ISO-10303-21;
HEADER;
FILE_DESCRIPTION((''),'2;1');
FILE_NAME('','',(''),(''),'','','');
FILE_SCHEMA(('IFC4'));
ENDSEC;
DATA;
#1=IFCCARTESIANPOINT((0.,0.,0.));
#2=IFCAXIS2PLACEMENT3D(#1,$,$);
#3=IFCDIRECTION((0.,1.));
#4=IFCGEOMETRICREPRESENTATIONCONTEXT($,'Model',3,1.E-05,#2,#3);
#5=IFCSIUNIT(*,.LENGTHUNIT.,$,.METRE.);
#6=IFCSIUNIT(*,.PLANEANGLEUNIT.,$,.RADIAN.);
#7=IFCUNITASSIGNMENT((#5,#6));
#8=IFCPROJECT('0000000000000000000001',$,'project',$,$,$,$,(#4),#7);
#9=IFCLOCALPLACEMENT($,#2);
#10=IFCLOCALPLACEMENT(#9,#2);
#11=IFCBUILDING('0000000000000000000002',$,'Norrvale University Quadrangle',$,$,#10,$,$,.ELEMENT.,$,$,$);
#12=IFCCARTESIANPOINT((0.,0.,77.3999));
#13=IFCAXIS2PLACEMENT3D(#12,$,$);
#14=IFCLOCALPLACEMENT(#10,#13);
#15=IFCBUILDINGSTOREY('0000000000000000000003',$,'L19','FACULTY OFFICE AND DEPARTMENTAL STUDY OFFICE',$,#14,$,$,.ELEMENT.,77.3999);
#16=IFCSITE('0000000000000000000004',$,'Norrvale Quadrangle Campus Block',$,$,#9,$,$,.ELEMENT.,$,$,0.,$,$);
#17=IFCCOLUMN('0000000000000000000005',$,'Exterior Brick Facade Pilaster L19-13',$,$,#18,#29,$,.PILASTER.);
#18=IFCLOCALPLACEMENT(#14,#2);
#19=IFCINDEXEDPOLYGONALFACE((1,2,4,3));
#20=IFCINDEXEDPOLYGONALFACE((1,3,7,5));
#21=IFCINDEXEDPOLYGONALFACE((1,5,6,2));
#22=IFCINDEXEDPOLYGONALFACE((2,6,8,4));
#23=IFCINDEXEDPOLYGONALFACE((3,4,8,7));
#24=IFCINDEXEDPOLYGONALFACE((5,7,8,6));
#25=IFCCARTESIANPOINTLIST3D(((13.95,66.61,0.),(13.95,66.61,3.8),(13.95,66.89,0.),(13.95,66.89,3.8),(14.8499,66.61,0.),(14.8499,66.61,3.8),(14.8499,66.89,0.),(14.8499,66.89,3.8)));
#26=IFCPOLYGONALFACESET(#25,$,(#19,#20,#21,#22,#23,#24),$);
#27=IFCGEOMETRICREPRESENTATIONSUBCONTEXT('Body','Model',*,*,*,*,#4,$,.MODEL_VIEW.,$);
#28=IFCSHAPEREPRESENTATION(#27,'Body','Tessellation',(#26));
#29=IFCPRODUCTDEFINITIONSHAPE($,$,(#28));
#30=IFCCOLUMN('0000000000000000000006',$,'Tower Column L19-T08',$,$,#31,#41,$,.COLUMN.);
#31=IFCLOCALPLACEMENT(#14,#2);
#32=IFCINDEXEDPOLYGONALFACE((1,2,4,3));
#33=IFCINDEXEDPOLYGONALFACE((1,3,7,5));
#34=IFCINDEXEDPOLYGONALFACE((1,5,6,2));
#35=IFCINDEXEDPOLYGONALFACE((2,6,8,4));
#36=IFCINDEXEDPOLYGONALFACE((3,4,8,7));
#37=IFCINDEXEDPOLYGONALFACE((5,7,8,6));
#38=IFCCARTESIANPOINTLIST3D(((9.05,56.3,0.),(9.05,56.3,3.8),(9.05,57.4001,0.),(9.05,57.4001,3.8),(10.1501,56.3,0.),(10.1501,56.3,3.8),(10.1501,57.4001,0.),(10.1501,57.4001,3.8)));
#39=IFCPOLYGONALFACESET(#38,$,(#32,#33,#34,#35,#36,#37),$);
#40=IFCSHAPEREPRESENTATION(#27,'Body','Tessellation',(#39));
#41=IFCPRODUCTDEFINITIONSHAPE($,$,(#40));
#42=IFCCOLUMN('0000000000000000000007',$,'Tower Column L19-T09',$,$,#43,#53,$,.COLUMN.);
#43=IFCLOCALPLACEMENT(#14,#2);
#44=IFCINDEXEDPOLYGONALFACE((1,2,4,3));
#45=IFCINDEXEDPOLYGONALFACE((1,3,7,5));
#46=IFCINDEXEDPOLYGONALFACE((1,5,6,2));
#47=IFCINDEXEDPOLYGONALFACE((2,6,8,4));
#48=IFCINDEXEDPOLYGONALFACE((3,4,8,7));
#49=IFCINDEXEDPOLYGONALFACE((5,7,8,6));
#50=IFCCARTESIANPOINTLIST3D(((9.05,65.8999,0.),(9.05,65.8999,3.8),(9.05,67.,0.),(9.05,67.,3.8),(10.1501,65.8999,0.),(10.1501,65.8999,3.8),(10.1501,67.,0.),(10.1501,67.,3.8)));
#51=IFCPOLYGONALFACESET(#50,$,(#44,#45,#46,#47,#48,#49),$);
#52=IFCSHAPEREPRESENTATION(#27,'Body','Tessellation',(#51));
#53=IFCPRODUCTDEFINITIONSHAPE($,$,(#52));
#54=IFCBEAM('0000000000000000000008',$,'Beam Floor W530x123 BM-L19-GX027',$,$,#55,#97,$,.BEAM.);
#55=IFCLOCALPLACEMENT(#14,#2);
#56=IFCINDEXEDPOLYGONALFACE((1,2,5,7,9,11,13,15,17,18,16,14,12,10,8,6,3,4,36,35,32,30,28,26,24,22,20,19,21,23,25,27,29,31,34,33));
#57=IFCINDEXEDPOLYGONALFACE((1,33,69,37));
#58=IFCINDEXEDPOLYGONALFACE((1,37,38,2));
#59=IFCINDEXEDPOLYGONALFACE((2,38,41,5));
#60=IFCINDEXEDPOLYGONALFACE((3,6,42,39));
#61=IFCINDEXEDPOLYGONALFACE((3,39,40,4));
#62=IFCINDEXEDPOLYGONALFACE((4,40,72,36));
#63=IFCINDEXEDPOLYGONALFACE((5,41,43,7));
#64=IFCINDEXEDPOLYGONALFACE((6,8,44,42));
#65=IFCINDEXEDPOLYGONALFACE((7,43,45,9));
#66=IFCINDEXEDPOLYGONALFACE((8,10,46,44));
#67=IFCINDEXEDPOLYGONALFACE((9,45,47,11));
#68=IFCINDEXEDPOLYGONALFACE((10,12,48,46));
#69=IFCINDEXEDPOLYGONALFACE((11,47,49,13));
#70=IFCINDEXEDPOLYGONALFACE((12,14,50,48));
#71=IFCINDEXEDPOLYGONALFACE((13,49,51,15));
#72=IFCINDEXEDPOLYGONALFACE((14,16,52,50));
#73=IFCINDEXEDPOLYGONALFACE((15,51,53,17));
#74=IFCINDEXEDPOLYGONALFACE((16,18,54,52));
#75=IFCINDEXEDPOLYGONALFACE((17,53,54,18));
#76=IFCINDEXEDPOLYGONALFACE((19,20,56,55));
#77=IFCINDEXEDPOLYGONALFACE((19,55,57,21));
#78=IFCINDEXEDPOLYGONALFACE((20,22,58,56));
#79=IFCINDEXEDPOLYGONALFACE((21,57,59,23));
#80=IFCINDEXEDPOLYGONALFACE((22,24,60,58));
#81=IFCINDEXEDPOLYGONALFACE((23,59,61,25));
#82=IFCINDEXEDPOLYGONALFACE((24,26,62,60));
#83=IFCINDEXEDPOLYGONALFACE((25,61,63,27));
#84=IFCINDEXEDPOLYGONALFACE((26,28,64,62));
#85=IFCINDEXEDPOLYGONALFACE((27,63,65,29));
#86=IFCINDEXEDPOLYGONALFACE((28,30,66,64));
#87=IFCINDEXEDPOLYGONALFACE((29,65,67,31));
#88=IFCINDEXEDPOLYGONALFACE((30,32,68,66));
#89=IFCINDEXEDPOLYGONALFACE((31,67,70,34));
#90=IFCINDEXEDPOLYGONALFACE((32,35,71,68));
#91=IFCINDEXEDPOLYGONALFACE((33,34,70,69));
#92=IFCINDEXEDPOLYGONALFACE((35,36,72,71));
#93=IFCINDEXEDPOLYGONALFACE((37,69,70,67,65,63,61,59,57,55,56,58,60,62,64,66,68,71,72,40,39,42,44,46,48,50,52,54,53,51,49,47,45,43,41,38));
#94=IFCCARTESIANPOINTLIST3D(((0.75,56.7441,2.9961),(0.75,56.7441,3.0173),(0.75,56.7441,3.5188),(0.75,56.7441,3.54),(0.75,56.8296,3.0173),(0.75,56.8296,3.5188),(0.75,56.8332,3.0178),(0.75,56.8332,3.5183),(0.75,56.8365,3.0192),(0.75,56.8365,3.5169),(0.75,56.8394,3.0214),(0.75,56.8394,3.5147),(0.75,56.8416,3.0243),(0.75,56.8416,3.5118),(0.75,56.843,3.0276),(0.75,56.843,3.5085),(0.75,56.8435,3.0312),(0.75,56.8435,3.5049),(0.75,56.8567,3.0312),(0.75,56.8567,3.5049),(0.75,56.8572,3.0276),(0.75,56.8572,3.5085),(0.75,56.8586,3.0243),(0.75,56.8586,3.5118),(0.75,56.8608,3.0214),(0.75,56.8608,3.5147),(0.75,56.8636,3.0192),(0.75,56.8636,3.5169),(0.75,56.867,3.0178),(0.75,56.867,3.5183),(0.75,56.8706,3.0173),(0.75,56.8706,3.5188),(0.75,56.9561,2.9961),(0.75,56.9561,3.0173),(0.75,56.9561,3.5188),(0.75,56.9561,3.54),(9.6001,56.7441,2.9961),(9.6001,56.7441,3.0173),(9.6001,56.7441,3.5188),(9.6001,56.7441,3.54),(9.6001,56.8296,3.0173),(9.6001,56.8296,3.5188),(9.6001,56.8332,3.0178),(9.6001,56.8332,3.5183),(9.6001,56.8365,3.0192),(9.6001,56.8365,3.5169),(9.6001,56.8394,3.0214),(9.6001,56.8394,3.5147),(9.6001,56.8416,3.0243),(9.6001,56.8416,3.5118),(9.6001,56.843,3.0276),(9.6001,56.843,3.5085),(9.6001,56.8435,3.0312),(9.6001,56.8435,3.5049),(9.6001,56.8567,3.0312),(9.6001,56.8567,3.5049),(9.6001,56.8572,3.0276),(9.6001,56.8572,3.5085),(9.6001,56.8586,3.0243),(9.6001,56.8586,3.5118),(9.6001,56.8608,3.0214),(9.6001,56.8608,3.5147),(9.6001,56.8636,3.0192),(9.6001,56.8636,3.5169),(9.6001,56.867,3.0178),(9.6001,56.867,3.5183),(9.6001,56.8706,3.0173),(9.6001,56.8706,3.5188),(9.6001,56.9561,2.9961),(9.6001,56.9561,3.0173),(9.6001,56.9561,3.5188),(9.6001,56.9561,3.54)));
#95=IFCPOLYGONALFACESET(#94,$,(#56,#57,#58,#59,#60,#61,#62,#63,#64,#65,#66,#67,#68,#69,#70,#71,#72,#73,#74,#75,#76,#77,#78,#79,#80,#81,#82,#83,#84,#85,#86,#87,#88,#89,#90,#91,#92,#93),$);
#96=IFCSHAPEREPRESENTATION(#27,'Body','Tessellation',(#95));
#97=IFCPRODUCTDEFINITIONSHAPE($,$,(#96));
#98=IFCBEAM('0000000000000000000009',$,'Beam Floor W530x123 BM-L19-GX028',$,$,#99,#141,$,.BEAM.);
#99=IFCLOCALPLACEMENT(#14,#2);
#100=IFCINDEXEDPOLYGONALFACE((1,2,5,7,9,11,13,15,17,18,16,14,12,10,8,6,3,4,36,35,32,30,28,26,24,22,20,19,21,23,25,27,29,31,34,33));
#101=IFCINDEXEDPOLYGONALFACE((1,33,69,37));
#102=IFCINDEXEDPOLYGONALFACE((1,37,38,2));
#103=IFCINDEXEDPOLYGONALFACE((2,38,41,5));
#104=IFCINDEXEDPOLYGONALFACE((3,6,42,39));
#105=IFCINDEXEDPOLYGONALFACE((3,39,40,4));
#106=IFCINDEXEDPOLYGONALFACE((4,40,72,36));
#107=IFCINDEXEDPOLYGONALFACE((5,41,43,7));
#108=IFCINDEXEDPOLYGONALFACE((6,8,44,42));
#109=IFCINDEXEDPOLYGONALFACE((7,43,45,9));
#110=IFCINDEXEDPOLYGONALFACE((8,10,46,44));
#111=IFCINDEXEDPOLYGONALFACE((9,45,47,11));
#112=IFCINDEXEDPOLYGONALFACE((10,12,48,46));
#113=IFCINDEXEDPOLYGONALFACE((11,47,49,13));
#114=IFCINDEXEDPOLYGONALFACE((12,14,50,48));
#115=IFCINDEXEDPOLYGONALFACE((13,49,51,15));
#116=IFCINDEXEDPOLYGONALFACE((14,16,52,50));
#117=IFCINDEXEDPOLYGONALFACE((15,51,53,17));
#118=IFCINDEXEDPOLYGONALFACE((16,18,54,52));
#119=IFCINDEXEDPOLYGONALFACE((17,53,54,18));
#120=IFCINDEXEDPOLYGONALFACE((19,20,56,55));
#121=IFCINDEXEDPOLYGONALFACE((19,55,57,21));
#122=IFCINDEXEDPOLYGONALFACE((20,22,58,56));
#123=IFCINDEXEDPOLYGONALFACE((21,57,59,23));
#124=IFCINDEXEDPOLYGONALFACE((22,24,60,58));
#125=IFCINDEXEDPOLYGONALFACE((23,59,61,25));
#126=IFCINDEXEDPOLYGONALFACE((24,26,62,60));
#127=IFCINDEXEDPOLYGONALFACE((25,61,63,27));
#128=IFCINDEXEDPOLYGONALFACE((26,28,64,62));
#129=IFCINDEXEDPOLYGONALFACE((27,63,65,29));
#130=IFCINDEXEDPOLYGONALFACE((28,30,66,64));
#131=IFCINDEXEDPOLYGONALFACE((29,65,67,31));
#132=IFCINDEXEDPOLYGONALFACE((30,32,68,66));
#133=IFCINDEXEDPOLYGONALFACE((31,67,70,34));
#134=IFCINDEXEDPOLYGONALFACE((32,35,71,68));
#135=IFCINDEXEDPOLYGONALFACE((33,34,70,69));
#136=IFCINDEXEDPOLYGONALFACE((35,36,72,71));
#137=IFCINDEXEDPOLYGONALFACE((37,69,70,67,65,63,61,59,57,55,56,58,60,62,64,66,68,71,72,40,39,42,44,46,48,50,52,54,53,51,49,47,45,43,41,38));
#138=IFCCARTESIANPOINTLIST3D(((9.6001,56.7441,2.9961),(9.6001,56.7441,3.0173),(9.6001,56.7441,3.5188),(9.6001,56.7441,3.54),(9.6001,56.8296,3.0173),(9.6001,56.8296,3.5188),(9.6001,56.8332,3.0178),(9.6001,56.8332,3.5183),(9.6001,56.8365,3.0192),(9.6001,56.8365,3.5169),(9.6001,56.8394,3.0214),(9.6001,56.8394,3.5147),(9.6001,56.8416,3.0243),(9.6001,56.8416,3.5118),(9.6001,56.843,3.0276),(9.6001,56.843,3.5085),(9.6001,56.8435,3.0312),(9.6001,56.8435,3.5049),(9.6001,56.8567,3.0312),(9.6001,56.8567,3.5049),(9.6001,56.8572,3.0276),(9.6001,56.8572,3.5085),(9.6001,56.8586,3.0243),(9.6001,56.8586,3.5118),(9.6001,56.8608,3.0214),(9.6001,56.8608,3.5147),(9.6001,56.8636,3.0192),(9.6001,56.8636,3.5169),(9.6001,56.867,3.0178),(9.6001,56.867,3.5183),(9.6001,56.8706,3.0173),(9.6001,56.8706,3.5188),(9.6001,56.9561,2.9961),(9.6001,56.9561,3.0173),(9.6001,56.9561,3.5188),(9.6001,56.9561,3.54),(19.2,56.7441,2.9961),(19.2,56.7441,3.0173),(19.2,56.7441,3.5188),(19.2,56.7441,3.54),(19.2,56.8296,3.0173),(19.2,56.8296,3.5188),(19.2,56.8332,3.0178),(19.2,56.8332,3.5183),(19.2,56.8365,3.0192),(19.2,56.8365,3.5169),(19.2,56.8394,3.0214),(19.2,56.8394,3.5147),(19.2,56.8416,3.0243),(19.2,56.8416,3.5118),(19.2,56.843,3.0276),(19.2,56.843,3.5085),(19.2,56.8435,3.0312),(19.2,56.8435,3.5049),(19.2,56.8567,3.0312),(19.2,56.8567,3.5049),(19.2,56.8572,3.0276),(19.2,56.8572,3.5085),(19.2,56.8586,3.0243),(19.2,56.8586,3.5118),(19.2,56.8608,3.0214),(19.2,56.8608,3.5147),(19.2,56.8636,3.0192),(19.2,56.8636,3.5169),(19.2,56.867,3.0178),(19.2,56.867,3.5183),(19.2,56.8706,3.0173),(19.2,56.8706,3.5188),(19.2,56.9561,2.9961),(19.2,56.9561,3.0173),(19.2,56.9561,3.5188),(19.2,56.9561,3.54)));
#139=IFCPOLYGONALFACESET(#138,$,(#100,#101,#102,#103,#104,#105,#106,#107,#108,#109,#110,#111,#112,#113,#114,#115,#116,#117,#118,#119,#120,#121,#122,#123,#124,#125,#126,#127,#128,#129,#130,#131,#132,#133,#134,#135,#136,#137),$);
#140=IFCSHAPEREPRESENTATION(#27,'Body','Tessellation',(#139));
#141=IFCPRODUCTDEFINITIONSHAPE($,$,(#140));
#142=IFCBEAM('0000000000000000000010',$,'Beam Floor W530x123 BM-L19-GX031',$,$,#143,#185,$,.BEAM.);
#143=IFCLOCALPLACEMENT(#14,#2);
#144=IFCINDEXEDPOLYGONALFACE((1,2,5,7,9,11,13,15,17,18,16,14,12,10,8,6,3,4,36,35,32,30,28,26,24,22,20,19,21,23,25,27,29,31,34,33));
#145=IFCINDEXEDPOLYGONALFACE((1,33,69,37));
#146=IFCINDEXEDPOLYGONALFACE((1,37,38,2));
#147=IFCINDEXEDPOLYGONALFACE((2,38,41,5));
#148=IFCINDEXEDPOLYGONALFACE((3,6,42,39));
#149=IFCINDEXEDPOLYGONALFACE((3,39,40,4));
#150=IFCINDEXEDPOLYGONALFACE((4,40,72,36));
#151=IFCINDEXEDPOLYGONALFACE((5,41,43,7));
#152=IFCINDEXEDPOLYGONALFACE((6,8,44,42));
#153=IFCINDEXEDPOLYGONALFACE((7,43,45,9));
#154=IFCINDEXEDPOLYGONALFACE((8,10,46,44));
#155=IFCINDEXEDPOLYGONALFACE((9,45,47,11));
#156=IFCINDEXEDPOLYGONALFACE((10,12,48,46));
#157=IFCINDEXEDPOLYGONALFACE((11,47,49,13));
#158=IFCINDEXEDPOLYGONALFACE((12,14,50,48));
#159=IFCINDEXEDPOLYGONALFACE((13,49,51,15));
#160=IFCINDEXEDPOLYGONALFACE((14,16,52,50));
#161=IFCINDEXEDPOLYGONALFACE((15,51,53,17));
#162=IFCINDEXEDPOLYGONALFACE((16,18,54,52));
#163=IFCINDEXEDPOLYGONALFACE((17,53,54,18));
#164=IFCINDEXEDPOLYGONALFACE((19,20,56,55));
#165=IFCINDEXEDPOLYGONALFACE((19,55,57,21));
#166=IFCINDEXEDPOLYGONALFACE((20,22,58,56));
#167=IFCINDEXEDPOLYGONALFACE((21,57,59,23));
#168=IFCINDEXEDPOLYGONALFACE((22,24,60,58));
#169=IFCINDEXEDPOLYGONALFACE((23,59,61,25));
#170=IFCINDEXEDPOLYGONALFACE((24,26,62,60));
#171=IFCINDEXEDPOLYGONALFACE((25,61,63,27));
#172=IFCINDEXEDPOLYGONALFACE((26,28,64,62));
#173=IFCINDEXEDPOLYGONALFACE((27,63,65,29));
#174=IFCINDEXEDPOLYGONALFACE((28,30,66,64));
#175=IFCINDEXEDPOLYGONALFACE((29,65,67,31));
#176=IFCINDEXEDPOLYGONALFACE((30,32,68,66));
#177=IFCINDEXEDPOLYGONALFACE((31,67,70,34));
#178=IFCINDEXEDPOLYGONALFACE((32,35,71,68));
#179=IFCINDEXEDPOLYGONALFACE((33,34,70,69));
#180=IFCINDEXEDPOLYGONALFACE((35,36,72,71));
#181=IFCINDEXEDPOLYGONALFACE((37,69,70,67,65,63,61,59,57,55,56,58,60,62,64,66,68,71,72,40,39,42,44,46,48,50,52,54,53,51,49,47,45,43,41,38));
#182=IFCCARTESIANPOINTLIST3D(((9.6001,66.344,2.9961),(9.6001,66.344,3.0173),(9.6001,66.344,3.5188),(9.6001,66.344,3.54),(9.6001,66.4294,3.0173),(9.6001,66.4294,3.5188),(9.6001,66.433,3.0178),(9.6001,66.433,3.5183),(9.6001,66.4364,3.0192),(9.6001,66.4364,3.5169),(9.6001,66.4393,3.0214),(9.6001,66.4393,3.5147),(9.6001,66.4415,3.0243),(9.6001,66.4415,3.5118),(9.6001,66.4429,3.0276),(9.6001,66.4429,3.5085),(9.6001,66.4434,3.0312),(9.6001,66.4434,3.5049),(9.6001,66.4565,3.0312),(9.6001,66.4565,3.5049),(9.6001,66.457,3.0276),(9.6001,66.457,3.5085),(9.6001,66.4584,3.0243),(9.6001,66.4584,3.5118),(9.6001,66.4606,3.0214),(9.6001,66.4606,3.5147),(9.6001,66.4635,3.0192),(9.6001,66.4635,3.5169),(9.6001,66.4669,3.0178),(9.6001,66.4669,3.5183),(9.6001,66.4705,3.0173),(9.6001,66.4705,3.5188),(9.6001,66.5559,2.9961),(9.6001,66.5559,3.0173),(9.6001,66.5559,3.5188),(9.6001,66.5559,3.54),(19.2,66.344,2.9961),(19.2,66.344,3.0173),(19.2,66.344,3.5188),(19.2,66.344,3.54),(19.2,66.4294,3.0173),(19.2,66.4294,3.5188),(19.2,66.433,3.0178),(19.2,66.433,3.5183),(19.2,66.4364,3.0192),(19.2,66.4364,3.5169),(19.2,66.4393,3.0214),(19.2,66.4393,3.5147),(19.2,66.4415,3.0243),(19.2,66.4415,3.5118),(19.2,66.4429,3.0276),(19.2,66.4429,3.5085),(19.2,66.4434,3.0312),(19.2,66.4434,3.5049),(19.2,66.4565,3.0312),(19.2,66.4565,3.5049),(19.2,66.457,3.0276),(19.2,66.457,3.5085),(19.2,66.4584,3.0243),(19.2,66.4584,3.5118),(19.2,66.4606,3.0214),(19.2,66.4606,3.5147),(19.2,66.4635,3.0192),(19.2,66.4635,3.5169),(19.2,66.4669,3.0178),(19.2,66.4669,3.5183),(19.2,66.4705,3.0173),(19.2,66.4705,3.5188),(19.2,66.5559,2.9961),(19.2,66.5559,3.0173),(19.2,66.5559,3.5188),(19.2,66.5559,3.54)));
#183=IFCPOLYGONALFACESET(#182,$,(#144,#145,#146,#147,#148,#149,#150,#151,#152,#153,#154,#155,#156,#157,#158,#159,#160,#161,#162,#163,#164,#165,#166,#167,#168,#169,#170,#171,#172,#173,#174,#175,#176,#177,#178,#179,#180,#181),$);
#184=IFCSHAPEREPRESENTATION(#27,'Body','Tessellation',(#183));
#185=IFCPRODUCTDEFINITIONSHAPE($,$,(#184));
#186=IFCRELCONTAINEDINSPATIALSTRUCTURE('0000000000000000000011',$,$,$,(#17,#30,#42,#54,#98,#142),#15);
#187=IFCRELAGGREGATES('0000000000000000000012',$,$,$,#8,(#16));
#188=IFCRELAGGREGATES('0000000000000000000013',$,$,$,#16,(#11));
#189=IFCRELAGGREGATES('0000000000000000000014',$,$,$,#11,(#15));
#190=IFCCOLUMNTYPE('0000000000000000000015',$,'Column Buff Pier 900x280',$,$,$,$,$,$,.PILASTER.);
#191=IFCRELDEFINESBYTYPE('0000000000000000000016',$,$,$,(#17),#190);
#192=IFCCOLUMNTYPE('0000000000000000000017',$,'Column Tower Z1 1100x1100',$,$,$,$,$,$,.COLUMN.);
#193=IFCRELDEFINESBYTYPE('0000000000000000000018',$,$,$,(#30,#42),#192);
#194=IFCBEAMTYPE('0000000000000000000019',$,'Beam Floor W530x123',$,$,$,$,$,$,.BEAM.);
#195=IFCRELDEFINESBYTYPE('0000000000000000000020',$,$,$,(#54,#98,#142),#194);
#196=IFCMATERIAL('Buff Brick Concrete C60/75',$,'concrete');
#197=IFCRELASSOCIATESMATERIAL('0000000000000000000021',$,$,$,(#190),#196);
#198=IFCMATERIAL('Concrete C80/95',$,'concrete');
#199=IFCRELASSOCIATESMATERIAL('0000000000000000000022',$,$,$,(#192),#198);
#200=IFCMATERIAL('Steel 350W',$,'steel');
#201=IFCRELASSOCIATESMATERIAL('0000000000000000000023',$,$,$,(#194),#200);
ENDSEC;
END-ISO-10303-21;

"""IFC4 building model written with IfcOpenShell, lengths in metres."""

from ifc_helpers import new_model, si_unit, direction, frame, origin, origin_2d, place, context, subcontext, project, spatial, rectangle, i_section, extrude, material, material_profile, profile_set, type_object, element, save


model = new_model("IFC4")

# Units and contexts
model_context = context("Model", 3, precision=1e-05, world=origin(), true_north=direction((0.0, 1.0)))
body_context = subcontext(model_context, "Body", "Model", "MODEL_VIEW")
ifc_project = project(units=[si_unit("LENGTHUNIT", "METRE"), si_unit("PLANEANGLEUNIT", "RADIAN")], contexts=[model_context])

# Site, building, storey
site_placement = place(None, origin())
site = spatial("IfcSite", under=ifc_project, at=site_placement, Name="Norrvale Quadrangle Campus Block", CompositionType="ELEMENT", RefElevation=0.0)
building_placement = place(site_placement, origin())
building = spatial("IfcBuilding", under=site, at=building_placement, Name="Norrvale University Quadrangle", CompositionType="ELEMENT")
storey_placement = place(building_placement, frame((0.0, 0.0, 77.3999)))
storey = spatial("IfcBuildingStorey", under=building, at=storey_placement, Name="L19", Description="FACULTY OFFICE AND DEPARTMENTAL STUDY OFFICE", CompositionType="ELEMENT", Elevation=77.3999)

# Columns
ifc_material_1 = material(Name="Buff Brick Concrete C60/75", Category="concrete")
ifc_material_profile_1 = material_profile(ifc_material_1, rectangle(XDim=0.8999, YDim=0.28, at=origin_2d()), Name="Buff Brick Concrete C60/75")
ifc_profile_set_1 = profile_set([ifc_material_profile_1], Name="Buff Brick Concrete C60/75")
column_type_1 = type_object("IfcColumnType", Name="Column Buff Pier 900x280", PredefinedType="PILASTER", material=ifc_profile_set_1)
column_placement = place(storey_placement, frame((14.3999, 66.75, 0.0), z_axis=(0.0, 0.0, 1.0), x_axis=(1.0, 0.0, 0.0)))
element("IfcColumn", 1, at=column_placement, inside=storey, type_object=column_type_1, Name="Exterior Brick Facade Pilaster L19-13", PredefinedType="PILASTER", context=body_context, shape_type="SweptSolid", body=[
    extrude(rectangle(XDim=0.8999, YDim=0.28, at=origin_2d()), origin(), (0.0, 0.0, 1.0), 3.8),
])
ifc_material_2 = material(Name="Concrete C80/95", Category="concrete")
ifc_material_profile_2 = material_profile(ifc_material_2, rectangle(XDim=1.1001, YDim=1.1001, at=origin_2d()), Name="Concrete C80/95")
ifc_profile_set_2 = profile_set([ifc_material_profile_2], Name="Concrete C80/95")
column_type_2 = type_object("IfcColumnType", Name="Column Tower Z1 1100x1100", PredefinedType="COLUMN", material=ifc_profile_set_2)
for number, where, z_axis, x_axis, name in (
    (2, (9.6001, 56.8501, 0.0), (0.0, 0.0, 1.0), (1.0, 0.0, 0.0), "Tower Column L19-T08"),
    (3, (9.6001, 66.45, 0.0), (0.0, 0.0, 1.0), (1.0, 0.0, 0.0), "Tower Column L19-T09"),
):
    element("IfcColumn", number, at=place(storey_placement, frame(where, z_axis=z_axis, x_axis=x_axis)), inside=storey, type_object=column_type_2, Name=name, PredefinedType="COLUMN", context=body_context, shape_type="SweptSolid", body=[
        extrude(rectangle(XDim=1.1001, YDim=1.1001, at=origin_2d()), origin(), (0.0, 0.0, 1.0), 3.8),
    ])

# Beams
ifc_material_3 = material(Name="Steel 350W", Category="steel")
ifc_material_profile_3 = material_profile(ifc_material_3, i_section(OverallWidth=0.2119, OverallDepth=0.5439, WebThickness=0.0132, FlangeThickness=0.0212, FilletRadius=0.0139, at=origin_2d()), Name="Steel 350W")
ifc_profile_set_3 = profile_set([ifc_material_profile_3], Name="Steel 350W")
beam_type_1 = type_object("IfcBeamType", Name="Beam Floor W530x123", PredefinedType="BEAM", material=ifc_profile_set_3)
beam_1_placement = place(storey_placement, frame((0.75, 56.8501, 3.2681), z_axis=(1.0, 0.0, 0.0), x_axis=(0.0, 1.0, 0.0)))
element("IfcBeam", 4, at=beam_1_placement, inside=storey, type_object=beam_type_1, Name="Beam Floor W530x123 BM-L19-GX027", PredefinedType="BEAM", context=body_context, shape_type="SweptSolid", body=[
    extrude(i_section(OverallWidth=0.2119, OverallDepth=0.5439, WebThickness=0.0132, FlangeThickness=0.0212, FilletRadius=0.0139, at=origin_2d()), origin(), (0.0, 0.0, 1.0), 8.8501),
])
for number, where, z_axis, x_axis, name in (
    (5, (9.6001, 56.8501, 3.2681), (1.0, 0.0, 0.0), (0.0, 1.0, 0.0), "Beam Floor W530x123 BM-L19-GX028"),
    (6, (9.6001, 66.45, 3.2681), (1.0, 0.0, 0.0), (0.0, 1.0, 0.0), "Beam Floor W530x123 BM-L19-GX031"),
):
    element("IfcBeam", number, at=place(storey_placement, frame(where, z_axis=z_axis, x_axis=x_axis)), inside=storey, type_object=beam_type_1, Name=name, PredefinedType="BEAM", context=body_context, shape_type="SweptSolid", body=[
        extrude(i_section(OverallWidth=0.2119, OverallDepth=0.5439, WebThickness=0.0132, FlangeThickness=0.0212, FilletRadius=0.0139, at=origin_2d()), origin(), (0.0, 0.0, 1.0), 9.5999),
    ])

save(model, "model.ifc")
